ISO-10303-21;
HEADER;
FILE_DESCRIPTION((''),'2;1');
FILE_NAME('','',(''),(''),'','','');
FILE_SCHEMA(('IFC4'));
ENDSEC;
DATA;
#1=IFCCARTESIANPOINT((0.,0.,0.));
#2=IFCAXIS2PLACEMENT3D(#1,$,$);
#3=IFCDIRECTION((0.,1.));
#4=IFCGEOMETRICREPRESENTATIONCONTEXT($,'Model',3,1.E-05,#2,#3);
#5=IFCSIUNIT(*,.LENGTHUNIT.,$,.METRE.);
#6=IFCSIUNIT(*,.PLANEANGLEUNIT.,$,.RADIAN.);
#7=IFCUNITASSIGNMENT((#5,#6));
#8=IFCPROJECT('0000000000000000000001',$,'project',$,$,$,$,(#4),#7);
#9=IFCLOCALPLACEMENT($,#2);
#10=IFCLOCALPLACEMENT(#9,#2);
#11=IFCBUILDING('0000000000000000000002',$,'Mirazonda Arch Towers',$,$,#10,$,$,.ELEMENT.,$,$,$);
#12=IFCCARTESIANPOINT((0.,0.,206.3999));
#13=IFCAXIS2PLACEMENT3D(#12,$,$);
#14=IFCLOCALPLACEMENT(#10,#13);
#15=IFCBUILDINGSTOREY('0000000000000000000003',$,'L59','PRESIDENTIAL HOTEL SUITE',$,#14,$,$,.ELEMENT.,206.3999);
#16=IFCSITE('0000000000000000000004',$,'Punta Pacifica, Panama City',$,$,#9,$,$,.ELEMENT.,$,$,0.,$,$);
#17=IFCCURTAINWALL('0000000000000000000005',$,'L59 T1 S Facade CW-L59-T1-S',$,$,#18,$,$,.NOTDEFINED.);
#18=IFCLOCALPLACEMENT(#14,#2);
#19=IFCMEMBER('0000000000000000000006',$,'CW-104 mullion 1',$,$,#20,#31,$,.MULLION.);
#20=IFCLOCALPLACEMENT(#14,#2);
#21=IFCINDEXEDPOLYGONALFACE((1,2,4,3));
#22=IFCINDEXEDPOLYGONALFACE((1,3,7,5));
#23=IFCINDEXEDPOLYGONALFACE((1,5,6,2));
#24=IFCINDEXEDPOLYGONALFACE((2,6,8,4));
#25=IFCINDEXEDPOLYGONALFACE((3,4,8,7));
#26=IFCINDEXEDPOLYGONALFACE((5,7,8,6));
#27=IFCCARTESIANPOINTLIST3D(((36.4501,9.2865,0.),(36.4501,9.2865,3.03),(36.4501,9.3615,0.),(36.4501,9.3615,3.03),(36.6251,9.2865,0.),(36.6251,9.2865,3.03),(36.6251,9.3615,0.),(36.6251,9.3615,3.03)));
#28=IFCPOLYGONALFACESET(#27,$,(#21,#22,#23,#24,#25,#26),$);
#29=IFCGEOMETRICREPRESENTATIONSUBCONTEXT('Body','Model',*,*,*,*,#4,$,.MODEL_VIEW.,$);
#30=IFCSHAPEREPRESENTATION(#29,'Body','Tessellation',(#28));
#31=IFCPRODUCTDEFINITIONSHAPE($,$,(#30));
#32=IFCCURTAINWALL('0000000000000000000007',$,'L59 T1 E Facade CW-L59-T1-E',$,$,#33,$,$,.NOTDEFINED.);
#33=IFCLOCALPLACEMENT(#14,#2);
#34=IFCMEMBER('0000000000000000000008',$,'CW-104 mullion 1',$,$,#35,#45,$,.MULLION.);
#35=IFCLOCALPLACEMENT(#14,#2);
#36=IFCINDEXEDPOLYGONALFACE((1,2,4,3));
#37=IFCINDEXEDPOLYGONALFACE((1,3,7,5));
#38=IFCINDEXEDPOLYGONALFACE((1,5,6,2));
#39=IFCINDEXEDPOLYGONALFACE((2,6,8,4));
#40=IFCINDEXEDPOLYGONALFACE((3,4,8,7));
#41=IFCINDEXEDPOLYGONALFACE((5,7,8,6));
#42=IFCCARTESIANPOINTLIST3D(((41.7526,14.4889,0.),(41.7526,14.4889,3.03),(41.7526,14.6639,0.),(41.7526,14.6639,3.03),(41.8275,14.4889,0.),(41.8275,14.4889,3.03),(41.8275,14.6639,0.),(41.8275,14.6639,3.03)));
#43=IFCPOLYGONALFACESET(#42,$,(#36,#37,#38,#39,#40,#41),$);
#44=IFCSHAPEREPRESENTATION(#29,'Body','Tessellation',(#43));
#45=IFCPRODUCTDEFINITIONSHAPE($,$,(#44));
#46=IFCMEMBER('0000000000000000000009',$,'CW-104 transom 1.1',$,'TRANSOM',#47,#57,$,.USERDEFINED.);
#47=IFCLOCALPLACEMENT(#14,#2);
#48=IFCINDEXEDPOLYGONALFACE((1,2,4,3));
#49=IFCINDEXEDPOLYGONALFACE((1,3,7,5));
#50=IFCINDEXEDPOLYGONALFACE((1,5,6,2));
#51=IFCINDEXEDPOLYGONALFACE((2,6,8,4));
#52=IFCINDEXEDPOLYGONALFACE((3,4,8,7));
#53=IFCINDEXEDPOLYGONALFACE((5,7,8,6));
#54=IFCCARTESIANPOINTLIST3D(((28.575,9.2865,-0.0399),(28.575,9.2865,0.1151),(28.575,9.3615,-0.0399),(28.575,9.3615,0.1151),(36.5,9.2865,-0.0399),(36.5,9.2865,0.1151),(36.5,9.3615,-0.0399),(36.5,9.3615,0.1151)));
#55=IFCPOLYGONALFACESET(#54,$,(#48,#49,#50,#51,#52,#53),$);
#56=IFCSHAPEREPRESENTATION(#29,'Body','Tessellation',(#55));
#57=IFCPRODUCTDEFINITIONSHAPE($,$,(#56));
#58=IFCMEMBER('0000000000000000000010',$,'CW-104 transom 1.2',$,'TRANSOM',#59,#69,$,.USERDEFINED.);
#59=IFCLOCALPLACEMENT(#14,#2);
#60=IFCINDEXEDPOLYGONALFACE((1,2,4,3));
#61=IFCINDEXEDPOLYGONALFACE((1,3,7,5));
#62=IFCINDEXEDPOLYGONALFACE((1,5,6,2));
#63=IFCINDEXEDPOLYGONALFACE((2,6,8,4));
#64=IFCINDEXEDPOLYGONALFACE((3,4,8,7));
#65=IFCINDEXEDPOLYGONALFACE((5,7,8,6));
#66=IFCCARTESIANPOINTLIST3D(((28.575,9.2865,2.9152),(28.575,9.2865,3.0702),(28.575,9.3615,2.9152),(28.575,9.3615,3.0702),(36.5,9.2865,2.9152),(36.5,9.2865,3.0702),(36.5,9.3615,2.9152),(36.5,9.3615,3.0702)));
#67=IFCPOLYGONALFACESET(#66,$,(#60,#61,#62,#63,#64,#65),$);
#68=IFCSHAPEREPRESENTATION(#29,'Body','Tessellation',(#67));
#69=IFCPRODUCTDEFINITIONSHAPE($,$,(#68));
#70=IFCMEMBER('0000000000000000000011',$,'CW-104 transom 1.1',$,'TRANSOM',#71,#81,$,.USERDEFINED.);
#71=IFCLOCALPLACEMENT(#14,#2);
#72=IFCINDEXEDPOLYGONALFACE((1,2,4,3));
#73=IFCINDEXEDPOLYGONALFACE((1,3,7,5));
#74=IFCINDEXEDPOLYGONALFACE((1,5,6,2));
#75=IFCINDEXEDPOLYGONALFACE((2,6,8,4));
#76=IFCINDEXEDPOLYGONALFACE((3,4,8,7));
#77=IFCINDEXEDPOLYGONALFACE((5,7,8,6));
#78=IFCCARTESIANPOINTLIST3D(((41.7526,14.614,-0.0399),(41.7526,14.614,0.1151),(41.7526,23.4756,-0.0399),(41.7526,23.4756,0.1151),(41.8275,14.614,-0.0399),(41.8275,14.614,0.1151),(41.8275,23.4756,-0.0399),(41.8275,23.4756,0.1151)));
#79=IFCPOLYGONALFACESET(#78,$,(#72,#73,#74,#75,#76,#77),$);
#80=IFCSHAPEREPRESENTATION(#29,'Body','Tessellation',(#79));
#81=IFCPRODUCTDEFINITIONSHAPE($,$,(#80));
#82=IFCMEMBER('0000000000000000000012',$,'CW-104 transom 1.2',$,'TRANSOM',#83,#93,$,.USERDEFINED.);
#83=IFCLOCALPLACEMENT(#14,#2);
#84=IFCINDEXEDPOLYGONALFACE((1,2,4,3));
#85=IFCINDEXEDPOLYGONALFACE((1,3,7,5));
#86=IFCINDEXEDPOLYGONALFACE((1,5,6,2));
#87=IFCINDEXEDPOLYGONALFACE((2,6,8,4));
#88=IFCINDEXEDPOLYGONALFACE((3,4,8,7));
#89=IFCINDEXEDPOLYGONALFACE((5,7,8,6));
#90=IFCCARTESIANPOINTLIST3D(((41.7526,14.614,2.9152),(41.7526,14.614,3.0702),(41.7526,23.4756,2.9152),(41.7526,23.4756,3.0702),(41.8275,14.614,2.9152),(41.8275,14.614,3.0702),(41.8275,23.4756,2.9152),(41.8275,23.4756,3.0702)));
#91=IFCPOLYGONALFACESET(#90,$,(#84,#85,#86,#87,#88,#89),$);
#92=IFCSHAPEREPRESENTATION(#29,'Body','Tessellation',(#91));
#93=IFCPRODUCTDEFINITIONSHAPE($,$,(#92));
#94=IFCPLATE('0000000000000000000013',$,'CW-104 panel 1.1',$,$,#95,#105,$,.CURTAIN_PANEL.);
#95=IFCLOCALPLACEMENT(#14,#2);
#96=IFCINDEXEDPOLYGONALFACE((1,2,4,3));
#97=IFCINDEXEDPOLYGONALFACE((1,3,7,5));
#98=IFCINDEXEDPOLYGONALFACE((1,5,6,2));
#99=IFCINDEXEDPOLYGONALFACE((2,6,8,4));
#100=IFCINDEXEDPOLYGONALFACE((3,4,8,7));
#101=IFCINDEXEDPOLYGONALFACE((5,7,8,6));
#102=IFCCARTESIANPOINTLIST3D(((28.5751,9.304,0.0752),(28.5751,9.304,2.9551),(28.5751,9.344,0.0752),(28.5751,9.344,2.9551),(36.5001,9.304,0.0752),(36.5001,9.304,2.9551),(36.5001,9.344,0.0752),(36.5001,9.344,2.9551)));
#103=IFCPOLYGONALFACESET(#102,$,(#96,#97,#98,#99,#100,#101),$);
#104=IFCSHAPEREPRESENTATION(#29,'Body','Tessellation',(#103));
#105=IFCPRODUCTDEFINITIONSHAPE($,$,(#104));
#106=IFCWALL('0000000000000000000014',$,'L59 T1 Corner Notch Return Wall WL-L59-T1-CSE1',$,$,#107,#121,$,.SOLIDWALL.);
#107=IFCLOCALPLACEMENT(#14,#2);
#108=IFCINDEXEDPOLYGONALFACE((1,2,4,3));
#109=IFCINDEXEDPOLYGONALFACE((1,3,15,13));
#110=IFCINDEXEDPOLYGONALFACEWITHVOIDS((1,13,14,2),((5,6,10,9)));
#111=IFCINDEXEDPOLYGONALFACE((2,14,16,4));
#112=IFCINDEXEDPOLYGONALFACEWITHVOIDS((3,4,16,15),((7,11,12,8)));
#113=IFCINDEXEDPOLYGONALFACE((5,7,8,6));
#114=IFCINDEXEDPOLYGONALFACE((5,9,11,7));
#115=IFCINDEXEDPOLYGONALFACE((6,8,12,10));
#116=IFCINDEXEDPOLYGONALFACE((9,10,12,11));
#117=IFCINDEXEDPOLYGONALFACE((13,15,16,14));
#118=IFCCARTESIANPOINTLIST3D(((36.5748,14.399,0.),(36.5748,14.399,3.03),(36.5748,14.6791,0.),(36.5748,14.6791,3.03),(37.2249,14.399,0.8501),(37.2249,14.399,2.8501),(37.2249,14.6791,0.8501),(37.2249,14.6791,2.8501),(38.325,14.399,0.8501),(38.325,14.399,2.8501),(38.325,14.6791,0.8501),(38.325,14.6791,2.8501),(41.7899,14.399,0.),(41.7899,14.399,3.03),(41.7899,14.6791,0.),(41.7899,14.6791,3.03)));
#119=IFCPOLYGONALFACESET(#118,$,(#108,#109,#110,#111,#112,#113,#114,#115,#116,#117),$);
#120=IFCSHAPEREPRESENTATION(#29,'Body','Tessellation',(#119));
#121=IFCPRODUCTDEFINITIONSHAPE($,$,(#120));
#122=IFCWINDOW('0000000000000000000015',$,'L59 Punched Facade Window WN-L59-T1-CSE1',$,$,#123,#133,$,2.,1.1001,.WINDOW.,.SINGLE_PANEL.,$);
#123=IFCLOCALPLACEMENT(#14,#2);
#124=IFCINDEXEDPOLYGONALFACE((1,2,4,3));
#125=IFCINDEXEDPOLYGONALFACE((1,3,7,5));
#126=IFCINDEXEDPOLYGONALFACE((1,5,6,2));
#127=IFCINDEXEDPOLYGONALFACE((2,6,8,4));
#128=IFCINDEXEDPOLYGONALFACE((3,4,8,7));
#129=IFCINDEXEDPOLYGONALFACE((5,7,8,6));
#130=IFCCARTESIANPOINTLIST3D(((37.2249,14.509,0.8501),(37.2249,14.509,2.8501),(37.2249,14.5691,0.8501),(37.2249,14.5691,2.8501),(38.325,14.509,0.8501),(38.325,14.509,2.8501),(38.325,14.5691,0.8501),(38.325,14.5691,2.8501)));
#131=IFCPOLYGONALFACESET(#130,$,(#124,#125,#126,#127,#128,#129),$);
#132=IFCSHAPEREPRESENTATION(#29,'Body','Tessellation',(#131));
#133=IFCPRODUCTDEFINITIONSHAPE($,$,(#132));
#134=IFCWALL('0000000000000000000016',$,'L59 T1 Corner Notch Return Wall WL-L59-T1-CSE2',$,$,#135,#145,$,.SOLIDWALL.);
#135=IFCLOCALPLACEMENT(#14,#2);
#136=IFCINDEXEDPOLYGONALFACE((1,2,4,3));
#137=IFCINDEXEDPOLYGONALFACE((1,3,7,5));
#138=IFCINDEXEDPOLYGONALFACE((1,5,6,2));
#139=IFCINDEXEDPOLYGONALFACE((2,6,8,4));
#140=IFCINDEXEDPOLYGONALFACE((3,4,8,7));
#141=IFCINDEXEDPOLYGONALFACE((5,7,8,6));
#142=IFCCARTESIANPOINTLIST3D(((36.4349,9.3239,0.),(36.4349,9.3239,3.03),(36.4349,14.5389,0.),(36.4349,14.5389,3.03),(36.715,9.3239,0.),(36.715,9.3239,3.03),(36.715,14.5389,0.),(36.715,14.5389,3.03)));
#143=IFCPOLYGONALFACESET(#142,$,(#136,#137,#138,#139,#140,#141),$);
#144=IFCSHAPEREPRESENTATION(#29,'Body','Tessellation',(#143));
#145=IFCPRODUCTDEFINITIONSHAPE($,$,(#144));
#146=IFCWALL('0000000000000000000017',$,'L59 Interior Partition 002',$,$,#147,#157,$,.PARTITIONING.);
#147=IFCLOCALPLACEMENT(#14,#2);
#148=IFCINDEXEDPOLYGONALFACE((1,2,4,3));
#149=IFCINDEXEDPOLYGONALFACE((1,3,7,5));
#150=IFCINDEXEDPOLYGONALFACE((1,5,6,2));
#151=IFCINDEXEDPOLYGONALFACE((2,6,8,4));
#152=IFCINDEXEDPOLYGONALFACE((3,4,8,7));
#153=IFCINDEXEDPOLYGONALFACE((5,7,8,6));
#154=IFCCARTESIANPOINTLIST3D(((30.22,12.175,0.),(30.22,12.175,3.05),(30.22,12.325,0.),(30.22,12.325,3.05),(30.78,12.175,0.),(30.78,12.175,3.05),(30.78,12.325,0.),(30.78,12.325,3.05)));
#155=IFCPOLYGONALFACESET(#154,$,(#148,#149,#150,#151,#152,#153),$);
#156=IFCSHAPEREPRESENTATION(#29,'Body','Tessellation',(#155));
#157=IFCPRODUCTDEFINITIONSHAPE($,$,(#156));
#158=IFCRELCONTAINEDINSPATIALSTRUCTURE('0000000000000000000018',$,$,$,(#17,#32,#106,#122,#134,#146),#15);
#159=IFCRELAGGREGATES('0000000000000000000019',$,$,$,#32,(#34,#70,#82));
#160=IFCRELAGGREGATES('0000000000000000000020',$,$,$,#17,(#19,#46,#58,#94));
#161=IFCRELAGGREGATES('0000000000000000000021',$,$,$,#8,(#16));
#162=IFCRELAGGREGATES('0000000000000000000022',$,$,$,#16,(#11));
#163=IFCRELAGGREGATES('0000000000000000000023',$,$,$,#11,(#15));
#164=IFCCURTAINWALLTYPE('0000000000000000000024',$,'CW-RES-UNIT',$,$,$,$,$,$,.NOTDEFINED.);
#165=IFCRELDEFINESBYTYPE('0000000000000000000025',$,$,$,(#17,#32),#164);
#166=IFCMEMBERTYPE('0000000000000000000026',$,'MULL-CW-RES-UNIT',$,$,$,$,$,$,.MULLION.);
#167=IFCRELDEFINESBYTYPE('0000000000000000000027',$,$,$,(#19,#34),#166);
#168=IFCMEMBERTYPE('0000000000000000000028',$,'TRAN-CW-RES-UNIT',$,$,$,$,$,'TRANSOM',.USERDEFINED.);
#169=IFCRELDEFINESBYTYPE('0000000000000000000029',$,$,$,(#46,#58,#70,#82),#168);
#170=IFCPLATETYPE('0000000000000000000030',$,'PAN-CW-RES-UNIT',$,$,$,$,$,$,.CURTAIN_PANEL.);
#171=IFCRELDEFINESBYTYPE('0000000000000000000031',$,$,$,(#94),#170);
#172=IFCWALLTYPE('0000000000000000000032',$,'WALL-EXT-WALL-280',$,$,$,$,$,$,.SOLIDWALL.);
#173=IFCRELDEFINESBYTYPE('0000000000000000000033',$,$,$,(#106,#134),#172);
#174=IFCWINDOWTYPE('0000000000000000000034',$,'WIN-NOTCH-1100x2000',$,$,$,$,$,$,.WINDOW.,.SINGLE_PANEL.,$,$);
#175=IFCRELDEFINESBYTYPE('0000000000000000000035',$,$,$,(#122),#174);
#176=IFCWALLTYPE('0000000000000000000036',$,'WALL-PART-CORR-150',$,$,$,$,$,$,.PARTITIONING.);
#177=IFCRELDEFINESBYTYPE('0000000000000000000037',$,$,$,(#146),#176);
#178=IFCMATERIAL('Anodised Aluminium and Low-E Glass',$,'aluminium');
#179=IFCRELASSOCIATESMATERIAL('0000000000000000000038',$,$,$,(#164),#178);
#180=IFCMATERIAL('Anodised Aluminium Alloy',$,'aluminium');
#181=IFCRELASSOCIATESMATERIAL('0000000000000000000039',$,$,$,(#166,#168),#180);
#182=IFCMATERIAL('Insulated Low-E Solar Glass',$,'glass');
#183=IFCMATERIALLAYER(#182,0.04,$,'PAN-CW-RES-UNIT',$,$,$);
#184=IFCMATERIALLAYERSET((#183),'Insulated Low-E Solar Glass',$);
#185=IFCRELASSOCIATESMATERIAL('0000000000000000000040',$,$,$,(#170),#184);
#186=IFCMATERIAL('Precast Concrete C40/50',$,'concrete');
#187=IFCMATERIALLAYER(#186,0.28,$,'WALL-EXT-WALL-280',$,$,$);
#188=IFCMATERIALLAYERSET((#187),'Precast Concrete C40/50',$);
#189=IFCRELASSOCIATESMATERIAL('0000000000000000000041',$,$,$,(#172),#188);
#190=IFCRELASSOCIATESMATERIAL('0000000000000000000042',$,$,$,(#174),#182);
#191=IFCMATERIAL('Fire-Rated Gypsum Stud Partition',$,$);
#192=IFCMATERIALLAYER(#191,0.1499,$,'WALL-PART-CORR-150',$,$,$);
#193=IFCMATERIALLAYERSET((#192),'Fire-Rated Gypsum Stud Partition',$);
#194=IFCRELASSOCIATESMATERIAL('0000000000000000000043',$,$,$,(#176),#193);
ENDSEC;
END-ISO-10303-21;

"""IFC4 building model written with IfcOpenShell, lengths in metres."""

from ifc_helpers import new_model, si_unit, direction, frame, frame_2d, origin, origin_2d, place, context, subcontext, project, spatial, rectangle, extrude, material, layer, layer_set, material_profile, profile_set, type_object, element, fill, aggregate, save


model = new_model("IFC4")

# Units and contexts
model_context = context("Model", 3, precision=1e-05, world=origin(), true_north=direction((0.0, 1.0)))
body_context = subcontext(model_context, "Body", "Model", "MODEL_VIEW")
ifc_project = project(units=[si_unit("LENGTHUNIT", "METRE"), si_unit("PLANEANGLEUNIT", "RADIAN")], contexts=[model_context])

# Site, building, storey
site_placement = place(None, origin())
site = spatial("IfcSite", under=ifc_project, at=site_placement, Name="Punta Pacifica, Panama City", CompositionType="ELEMENT", RefElevation=0.0)
building_placement = place(site_placement, origin())
building = spatial("IfcBuilding", under=site, at=building_placement, Name="Mirazonda Arch Towers", CompositionType="ELEMENT")
storey_placement = place(building_placement, frame((0.0, 0.0, 206.3999)))
storey = spatial("IfcBuildingStorey", under=building, at=storey_placement, Name="L59", Description="PRESIDENTIAL HOTEL SUITE", CompositionType="ELEMENT", Elevation=206.3999)

# Curtain walls, members
ifc_material_1 = material(Name="Anodised Aluminium and Low-E Glass", Category="aluminium")
curtain_wall_type = type_object("IfcCurtainWallType", Name="CW-RES-UNIT", PredefinedType="NOTDEFINED", material=ifc_material_1)
curtain_wall_1_placement = place(storey_placement, origin())
curtain_wall_1 = element("IfcCurtainWall", 1, at=curtain_wall_1_placement, inside=storey, type_object=curtain_wall_type, Name="L59 T1 S Facade CW-L59-T1-S", PredefinedType="NOTDEFINED")
ifc_material_2 = material(Name="Anodised Aluminium Alloy", Category="aluminium")
ifc_material_profile_1 = material_profile(ifc_material_2, rectangle(XDim=0.075, YDim=0.175, at=origin_2d()), Name="ALU-MULL-75x175")
ifc_profile_set_1 = profile_set([ifc_material_profile_1], Name="Anodised Aluminium Alloy")
member_type_1 = type_object("IfcMemberType", Name="MULL-CW-RES-UNIT", PredefinedType="MULLION", material=ifc_profile_set_1)
member_1_placement = place(storey_placement, frame((36.5376, 9.324, 0.0), z_axis=(0.0, 0.0, 1.0), x_axis=(0.0, -1.0, 0.0)))
member_1 = element("IfcMember", 2, at=member_1_placement, type_object=member_type_1, Name="CW-104 mullion 1", PredefinedType="MULLION", context=body_context, shape_type="SweptSolid", body=[
    extrude(rectangle(XDim=0.075, YDim=0.175, at=origin_2d()), origin(), (0.0, 0.0, 1.0), 3.03),
])
curtain_wall_2_placement = place(storey_placement, origin())
curtain_wall_2 = element("IfcCurtainWall", 3, at=curtain_wall_2_placement, inside=storey, type_object=curtain_wall_type, Name="L59 T1 E Facade CW-L59-T1-E", PredefinedType="NOTDEFINED")
member_2_placement = place(storey_placement, frame((41.79, 14.5764, 0.0), z_axis=(0.0, 0.0, 1.0), x_axis=(-1.0, 0.0, 0.0)))
member_2 = element("IfcMember", 4, at=member_2_placement, type_object=member_type_1, Name="CW-104 mullion 1", PredefinedType="MULLION", context=body_context, shape_type="SweptSolid", body=[
    extrude(rectangle(XDim=0.075, YDim=0.175, at=origin_2d()), origin(), (0.0, 0.0, 1.0), 3.03),
])

# Members
ifc_material_profile_2 = material_profile(ifc_material_2, rectangle(XDim=0.075, YDim=0.155, at=origin_2d()), Name="ALU-TRAN-75x155")
ifc_profile_set_2 = profile_set([ifc_material_profile_2], Name="Anodised Aluminium Alloy")
member_type_2 = type_object("IfcMemberType", Name="TRAN-CW-RES-UNIT", ElementType="TRANSOM", PredefinedType="USERDEFINED", material=ifc_profile_set_2)
member_3_placement = place(storey_placement, frame((36.5, 9.324, 0.0376), z_axis=(-1.0, 0.0, 0.0), x_axis=(0.0, -1.0, 0.0)))
member_3 = element("IfcMember", 5, at=member_3_placement, type_object=member_type_2, Name="CW-104 transom 1.1", ObjectType="TRANSOM", PredefinedType="USERDEFINED", context=body_context, shape_type="SweptSolid", body=[
    extrude(rectangle(XDim=0.075, YDim=0.155, at=origin_2d()), origin(), (0.0, 0.0, 1.0), 7.925),
])
member_4_placement = place(storey_placement, frame((36.5, 9.324, 2.9927), z_axis=(-1.0, 0.0, 0.0), x_axis=(0.0, -1.0, 0.0)))
member_4 = element("IfcMember", 6, at=member_4_placement, type_object=member_type_2, Name="CW-104 transom 1.2", ObjectType="TRANSOM", PredefinedType="USERDEFINED", context=body_context, shape_type="SweptSolid", body=[
    extrude(rectangle(XDim=0.075, YDim=0.155, at=origin_2d()), origin(), (0.0, 0.0, 1.0), 7.925),
])
member_5_placement = place(storey_placement, frame((41.79, 14.614, 0.0376), z_axis=(0.0, 1.0, 0.0), x_axis=(-1.0, 0.0, 0.0)))
member_5 = element("IfcMember", 7, at=member_5_placement, type_object=member_type_2, Name="CW-104 transom 1.1", ObjectType="TRANSOM", PredefinedType="USERDEFINED", context=body_context, shape_type="SweptSolid", body=[
    extrude(rectangle(XDim=0.075, YDim=0.155, at=origin_2d()), origin(), (0.0, 0.0, 1.0), 8.8616),
])
member_6_placement = place(storey_placement, frame((41.79, 14.614, 2.9927), z_axis=(0.0, 1.0, 0.0), x_axis=(-1.0, 0.0, 0.0)))
member_6 = element("IfcMember", 8, at=member_6_placement, type_object=member_type_2, Name="CW-104 transom 1.2", ObjectType="TRANSOM", PredefinedType="USERDEFINED", context=body_context, shape_type="SweptSolid", body=[
    extrude(rectangle(XDim=0.075, YDim=0.155, at=origin_2d()), origin(), (0.0, 0.0, 1.0), 8.8616),
])
aggregate(curtain_wall_2, [member_2, member_5, member_6])

# Plate
ifc_material_3 = material(Name="Insulated Low-E Solar Glass", Category="glass")
ifc_layer_1 = layer(ifc_material_3, 0.04, Name="PAN-CW-RES-UNIT")
ifc_layer_set_1 = layer_set([ifc_layer_1], Name="Insulated Low-E Solar Glass")
plate_type = type_object("IfcPlateType", Name="PAN-CW-RES-UNIT", PredefinedType="CURTAIN_PANEL", material=ifc_layer_set_1)
plate_placement = place(storey_placement, frame((32.5376, 9.324, 0.0752), z_axis=(0.0, 0.0, 1.0), x_axis=(-1.0, 0.0, 0.0)))
plate = element("IfcPlate", 9, at=plate_placement, type_object=plate_type, Name="CW-104 panel 1.1", PredefinedType="CURTAIN_PANEL", context=body_context, shape_type="SweptSolid", body=[
    extrude(rectangle(XDim=7.925, YDim=0.04, at=origin_2d()), origin(), (0.0, 0.0, 1.0), 2.8799),
])
aggregate(curtain_wall_1, [member_1, member_3, member_4, plate])

# Wall, opening, window
ifc_material_4 = material(Name="Precast Concrete C40/50", Category="concrete")
ifc_layer_2 = layer(ifc_material_4, 0.28, Name="WALL-EXT-WALL-280")
ifc_layer_set_2 = layer_set([ifc_layer_2], Name="Precast Concrete C40/50")
wall_type_1 = type_object("IfcWallType", Name="WALL-EXT-WALL-280", PredefinedType="SOLIDWALL", material=ifc_layer_set_2)
wall_1_placement = place(storey_placement, frame((36.575, 14.5391, 0.0), z_axis=(0.0, 0.0, 1.0), x_axis=(1.0, 0.0, 0.0)))
wall_1 = element("IfcWall", 10, at=wall_1_placement, inside=storey, type_object=wall_type_1, Name="L59 T1 Corner Notch Return Wall WL-L59-T1-CSE1", PredefinedType="SOLIDWALL", context=body_context, shape_type="SweptSolid", body=[
    extrude(rectangle(XDim=5.2151, YDim=0.28, at=frame_2d((2.6074, 0.0))), origin(), (0.0, 0.0, 1.0), 3.03),
])
opening_1_placement = place(wall_1_placement, frame((0.6499, 0.0, 0.8501)))
opening_1 = element("IfcOpeningElement", 11, at=opening_1_placement, cuts=wall_1, PredefinedType="OPENING", context=body_context, shape_type="SweptSolid", body=[
    extrude(rectangle(XDim=1.1001, YDim=2.0, at=frame_2d((0.55, 1.0))), frame((0.0, 0.1499, 0.0), z_axis=(0.0, -1.0, 0.0), x_axis=(1.0, 0.0, 0.0)), (0.0, 0.0, 1.0), 0.3),
])
window_type = type_object("IfcWindowType", Name="WIN-NOTCH-1100x2000", PartitioningType="SINGLE_PANEL", PredefinedType="WINDOW", material=ifc_material_3)
window_placement = place(opening_1_placement, origin())
window = element("IfcWindow", 12, at=window_placement, inside=storey, type_object=window_type, Name="L59 Punched Facade Window WN-L59-T1-CSE1", OverallHeight=2.0, OverallWidth=1.1001, PartitioningType="SINGLE_PANEL", PredefinedType="WINDOW", context=body_context, shape_type="SweptSolid", body=[
    extrude(rectangle(XDim=1.1001, YDim=2.0, at=frame_2d((0.55, 1.0))), frame((0.0, 0.03, 0.0), z_axis=(0.0, -1.0, 0.0), x_axis=(1.0, 0.0, 0.0)), (0.0, 0.0, 1.0), 0.0601),
])
fill(opening_1, window)

# Walls
wall_2_placement = place(storey_placement, frame((36.575, 9.324, 0.0), z_axis=(0.0, 0.0, 1.0), x_axis=(0.0, 1.0, 0.0)))
element("IfcWall", 13, at=wall_2_placement, inside=storey, type_object=wall_type_1, Name="L59 T1 Corner Notch Return Wall WL-L59-T1-CSE2", PredefinedType="SOLIDWALL", context=body_context, shape_type="SweptSolid", body=[
    extrude(rectangle(XDim=5.2151, YDim=0.28, at=frame_2d((2.6074, 0.0))), origin(), (0.0, 0.0, 1.0), 3.03),
])
ifc_material_5 = material(Name="Fire-Rated Gypsum Stud Partition")
ifc_layer_3 = layer(ifc_material_5, 0.1499, Name="WALL-PART-CORR-150")
ifc_layer_set_3 = layer_set([ifc_layer_3], Name="Fire-Rated Gypsum Stud Partition")
wall_type_2 = type_object("IfcWallType", Name="WALL-PART-CORR-150", PredefinedType="PARTITIONING", material=ifc_layer_set_3)
wall_3_placement = place(storey_placement, frame((30.22, 12.25, 0.0), z_axis=(0.0, 0.0, 1.0), x_axis=(1.0, 0.0, 0.0)))
element("IfcWall", 14, at=wall_3_placement, inside=storey, type_object=wall_type_2, Name="L59 Interior Partition 002", PredefinedType="PARTITIONING", context=body_context, shape_type="SweptSolid", body=[
    extrude(rectangle(XDim=0.5601, YDim=0.1499, at=frame_2d((0.28, 0.0))), origin(), (0.0, 0.0, 1.0), 3.05),
])

save(model, "model.ifc")
